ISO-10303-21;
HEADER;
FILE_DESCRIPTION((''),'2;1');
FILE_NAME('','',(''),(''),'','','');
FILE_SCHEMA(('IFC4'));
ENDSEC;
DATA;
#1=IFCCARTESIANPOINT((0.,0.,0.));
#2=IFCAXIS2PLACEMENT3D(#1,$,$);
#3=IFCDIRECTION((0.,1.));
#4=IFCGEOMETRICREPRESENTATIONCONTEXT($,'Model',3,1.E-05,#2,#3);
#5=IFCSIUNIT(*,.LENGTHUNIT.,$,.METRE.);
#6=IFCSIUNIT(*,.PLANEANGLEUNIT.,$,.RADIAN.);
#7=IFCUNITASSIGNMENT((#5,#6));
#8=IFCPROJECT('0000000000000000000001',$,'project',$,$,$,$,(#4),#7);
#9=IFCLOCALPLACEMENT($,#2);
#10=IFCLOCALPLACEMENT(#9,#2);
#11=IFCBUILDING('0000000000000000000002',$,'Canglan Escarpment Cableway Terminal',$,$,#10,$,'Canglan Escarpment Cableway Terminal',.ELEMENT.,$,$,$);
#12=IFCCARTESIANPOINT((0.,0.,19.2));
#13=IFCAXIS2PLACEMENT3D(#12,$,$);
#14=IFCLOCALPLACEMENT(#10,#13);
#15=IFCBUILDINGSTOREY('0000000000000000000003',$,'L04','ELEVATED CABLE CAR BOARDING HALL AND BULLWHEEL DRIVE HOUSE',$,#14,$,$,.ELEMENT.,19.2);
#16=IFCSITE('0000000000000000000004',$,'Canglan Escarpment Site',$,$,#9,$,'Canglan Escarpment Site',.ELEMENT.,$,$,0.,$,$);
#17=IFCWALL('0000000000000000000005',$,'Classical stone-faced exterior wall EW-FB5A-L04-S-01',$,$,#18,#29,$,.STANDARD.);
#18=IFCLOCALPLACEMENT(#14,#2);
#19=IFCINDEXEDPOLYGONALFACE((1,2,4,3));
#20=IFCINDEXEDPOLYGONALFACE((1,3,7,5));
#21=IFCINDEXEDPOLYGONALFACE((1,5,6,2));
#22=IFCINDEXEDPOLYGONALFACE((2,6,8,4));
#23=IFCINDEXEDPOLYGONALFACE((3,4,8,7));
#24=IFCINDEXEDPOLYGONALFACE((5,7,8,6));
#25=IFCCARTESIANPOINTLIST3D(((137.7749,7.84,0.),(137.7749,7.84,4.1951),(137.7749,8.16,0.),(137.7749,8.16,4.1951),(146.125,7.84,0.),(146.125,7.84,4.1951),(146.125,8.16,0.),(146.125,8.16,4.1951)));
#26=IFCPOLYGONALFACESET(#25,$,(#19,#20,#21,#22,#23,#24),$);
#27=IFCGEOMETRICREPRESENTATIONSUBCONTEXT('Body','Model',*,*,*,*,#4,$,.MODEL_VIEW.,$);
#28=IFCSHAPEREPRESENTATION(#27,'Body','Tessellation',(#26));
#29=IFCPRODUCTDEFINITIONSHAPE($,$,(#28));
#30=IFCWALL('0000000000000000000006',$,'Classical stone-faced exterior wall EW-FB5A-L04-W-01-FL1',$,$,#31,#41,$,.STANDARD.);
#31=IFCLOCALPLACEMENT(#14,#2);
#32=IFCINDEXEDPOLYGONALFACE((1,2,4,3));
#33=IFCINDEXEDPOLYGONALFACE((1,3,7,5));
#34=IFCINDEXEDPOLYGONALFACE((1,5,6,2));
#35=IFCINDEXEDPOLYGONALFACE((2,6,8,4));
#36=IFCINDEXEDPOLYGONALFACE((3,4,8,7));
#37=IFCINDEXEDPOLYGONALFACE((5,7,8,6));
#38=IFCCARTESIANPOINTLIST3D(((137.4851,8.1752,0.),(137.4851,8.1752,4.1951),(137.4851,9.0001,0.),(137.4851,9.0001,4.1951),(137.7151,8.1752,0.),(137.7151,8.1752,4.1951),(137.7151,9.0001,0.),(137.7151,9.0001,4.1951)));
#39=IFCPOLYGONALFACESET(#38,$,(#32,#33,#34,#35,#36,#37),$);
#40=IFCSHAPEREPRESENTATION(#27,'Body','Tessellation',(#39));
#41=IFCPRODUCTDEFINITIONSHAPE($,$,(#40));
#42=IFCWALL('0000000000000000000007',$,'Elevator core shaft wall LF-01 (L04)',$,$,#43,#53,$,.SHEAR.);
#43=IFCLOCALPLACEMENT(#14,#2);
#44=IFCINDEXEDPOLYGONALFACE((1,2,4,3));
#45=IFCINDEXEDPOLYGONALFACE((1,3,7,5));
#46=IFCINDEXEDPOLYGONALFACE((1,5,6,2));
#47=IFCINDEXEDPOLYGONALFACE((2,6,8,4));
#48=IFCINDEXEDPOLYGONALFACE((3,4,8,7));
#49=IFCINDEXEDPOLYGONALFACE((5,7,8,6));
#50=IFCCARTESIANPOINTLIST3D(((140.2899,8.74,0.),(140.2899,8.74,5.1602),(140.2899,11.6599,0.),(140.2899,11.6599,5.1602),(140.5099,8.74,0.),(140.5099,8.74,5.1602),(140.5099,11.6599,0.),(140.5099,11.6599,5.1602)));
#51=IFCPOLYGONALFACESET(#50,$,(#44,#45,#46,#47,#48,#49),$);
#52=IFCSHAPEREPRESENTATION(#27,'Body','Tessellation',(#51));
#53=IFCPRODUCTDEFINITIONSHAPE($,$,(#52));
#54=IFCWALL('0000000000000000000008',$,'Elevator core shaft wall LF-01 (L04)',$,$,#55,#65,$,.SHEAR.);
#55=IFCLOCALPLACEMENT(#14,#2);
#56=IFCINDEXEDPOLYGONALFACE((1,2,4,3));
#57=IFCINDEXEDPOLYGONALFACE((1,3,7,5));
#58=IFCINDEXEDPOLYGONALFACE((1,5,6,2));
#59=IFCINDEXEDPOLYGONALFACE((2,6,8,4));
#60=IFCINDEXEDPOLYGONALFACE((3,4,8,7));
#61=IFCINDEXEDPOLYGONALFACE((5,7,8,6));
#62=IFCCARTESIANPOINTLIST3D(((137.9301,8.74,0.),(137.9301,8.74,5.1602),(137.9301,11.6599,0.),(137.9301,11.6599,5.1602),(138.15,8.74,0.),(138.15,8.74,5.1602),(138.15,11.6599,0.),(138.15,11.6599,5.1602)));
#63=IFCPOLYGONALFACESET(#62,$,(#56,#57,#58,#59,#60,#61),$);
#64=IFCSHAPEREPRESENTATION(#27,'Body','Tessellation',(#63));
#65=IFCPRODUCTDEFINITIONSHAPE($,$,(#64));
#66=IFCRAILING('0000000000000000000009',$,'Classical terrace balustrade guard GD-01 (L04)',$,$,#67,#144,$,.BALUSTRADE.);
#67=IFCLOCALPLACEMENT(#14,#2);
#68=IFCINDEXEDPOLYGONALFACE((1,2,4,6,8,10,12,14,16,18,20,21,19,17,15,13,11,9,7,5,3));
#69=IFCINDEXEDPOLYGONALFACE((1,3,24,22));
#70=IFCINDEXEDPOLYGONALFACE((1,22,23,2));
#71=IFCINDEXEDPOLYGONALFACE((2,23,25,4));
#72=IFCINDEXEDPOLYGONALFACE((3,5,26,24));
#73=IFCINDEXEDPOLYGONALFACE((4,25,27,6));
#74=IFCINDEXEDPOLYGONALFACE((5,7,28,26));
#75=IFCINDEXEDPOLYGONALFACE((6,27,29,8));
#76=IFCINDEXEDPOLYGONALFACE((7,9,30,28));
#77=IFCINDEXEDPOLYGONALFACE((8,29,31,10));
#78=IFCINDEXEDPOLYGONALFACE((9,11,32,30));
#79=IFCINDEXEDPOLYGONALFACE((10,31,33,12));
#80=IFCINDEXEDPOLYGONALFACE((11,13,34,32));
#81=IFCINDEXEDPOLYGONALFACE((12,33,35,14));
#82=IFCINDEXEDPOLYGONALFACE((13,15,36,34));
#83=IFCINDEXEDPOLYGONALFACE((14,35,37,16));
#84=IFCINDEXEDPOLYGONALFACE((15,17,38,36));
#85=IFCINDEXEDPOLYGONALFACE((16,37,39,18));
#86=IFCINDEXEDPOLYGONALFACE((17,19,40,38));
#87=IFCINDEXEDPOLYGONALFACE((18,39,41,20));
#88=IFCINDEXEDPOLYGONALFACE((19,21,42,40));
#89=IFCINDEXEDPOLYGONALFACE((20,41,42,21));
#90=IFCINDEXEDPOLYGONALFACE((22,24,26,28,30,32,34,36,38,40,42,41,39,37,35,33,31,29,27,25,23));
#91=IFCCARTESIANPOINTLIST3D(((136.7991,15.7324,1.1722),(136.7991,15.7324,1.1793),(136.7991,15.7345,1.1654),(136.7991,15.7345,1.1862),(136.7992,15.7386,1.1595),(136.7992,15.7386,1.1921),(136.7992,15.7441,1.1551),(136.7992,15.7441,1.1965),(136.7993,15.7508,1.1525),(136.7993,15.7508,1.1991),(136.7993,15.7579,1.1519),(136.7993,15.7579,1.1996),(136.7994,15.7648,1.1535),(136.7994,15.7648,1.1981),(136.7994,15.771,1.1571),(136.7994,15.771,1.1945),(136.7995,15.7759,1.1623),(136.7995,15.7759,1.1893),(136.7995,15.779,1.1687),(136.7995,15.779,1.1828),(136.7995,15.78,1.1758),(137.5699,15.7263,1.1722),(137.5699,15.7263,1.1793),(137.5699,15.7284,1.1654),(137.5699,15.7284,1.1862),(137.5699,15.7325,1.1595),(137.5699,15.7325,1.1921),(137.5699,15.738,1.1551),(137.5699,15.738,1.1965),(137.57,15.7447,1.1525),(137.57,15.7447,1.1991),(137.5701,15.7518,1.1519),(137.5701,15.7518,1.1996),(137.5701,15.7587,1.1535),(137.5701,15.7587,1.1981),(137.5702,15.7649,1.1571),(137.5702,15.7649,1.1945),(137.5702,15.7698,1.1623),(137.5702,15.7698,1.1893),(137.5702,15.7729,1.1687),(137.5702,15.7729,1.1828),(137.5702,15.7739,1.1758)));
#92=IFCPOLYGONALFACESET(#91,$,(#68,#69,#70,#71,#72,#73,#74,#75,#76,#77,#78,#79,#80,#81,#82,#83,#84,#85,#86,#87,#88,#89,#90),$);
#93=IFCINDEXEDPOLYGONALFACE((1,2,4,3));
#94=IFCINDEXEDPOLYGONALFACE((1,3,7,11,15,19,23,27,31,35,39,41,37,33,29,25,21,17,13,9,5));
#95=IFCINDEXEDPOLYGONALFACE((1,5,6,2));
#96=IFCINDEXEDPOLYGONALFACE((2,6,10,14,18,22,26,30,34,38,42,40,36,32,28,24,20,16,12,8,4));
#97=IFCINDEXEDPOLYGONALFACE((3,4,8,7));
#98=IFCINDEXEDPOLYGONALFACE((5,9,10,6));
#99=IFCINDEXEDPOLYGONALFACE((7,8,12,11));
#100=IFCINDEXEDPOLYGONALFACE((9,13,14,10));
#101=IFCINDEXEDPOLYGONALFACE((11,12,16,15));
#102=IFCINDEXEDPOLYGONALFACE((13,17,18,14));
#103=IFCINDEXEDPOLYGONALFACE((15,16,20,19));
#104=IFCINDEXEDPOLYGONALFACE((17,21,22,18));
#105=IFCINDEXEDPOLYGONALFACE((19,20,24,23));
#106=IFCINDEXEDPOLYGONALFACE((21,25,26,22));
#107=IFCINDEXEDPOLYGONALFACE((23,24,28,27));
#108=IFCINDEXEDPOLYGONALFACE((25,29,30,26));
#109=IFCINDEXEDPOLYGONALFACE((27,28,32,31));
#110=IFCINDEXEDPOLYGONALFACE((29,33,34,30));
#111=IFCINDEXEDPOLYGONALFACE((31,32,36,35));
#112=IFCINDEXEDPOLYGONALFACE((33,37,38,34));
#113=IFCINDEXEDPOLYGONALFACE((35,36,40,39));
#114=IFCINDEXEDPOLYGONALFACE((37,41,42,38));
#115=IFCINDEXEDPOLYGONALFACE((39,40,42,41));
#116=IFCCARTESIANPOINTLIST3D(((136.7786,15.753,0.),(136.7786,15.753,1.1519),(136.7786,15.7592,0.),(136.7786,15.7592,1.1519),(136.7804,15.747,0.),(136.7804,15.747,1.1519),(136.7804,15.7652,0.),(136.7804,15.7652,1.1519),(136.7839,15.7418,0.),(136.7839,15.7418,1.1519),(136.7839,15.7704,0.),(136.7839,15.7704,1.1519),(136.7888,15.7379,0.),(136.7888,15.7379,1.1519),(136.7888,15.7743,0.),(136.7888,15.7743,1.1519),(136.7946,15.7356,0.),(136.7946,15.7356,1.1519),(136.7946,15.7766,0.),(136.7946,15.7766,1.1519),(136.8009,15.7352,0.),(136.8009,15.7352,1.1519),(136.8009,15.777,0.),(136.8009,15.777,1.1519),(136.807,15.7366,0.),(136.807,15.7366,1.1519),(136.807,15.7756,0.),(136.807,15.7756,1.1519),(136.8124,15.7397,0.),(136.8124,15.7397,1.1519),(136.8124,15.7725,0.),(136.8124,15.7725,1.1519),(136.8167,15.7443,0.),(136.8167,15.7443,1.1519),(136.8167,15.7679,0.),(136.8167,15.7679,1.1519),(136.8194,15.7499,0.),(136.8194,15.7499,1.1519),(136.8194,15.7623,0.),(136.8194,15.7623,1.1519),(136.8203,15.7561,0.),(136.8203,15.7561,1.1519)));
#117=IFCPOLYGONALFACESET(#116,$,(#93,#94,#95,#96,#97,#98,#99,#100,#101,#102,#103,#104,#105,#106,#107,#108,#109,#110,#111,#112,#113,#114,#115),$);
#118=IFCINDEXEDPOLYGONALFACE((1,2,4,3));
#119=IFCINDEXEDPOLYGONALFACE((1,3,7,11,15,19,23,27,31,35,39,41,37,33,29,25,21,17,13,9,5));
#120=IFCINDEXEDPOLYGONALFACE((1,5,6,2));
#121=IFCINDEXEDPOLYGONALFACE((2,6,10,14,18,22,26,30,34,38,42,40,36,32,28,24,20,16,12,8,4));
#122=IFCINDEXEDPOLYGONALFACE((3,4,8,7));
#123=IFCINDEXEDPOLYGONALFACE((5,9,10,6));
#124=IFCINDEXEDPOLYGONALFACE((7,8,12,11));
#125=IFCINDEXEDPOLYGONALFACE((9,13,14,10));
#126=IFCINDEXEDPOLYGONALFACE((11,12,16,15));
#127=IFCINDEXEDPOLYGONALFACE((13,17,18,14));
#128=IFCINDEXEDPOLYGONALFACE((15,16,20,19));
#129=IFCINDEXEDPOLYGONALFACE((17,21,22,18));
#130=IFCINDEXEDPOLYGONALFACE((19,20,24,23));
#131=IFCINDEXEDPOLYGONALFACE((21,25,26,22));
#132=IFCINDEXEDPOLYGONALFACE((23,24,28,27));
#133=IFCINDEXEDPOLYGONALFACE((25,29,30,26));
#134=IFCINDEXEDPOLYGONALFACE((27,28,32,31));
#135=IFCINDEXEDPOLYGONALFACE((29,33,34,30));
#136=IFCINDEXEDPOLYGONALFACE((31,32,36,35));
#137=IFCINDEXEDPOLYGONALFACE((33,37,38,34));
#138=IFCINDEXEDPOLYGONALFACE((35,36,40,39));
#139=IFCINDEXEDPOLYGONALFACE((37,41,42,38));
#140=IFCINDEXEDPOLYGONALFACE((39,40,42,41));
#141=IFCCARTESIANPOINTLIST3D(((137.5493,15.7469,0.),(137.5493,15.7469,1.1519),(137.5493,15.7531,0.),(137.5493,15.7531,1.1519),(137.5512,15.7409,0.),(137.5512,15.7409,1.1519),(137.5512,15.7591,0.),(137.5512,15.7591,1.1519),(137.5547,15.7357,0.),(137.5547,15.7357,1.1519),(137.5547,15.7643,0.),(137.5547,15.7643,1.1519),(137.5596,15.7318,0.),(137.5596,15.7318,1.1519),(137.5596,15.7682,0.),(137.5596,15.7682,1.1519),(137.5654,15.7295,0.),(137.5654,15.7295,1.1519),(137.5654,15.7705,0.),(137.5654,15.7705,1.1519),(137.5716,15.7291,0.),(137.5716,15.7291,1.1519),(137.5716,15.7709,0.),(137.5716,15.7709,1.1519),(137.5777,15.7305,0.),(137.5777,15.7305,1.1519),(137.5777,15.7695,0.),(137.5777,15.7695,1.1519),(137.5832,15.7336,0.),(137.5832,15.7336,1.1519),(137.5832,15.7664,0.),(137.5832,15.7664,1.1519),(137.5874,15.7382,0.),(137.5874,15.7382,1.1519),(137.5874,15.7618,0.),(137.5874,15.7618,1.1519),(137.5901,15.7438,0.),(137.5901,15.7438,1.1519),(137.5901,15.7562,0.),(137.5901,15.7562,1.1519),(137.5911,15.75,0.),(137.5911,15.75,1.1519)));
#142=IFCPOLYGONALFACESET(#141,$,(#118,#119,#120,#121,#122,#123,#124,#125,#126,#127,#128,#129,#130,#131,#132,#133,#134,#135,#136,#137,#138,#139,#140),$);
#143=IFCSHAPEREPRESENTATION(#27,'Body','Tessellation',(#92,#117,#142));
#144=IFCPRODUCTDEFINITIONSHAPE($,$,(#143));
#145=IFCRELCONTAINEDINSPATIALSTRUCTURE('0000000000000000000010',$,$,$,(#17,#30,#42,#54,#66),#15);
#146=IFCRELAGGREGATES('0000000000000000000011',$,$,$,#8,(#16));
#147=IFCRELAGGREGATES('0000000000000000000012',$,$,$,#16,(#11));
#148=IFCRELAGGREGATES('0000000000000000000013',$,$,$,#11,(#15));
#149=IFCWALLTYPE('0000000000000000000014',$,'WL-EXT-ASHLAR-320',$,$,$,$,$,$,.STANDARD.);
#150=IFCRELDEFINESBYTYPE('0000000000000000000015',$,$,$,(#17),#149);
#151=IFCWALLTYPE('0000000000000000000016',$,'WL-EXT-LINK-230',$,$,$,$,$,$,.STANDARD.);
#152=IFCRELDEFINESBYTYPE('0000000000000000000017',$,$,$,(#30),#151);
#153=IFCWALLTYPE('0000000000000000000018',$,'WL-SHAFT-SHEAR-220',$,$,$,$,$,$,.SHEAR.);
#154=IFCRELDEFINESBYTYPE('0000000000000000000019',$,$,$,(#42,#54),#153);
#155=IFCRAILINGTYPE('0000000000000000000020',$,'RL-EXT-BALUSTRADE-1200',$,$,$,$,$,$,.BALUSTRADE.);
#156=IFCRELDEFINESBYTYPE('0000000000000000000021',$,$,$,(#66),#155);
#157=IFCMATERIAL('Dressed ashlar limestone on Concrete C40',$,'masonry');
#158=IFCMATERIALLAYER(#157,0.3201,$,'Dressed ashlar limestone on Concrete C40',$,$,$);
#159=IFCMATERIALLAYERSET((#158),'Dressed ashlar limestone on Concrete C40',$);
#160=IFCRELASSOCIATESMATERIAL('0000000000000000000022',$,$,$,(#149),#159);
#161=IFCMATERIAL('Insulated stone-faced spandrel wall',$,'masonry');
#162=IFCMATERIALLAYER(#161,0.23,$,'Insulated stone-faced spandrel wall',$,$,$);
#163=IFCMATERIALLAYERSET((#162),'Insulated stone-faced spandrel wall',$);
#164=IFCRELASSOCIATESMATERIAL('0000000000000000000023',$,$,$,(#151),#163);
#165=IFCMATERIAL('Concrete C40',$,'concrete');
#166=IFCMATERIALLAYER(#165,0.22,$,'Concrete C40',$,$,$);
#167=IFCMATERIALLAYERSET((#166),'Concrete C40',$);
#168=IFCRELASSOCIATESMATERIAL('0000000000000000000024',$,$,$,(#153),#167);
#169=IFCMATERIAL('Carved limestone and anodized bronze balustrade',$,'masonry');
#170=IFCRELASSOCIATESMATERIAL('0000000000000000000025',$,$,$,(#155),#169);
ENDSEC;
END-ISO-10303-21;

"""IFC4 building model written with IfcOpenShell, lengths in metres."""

from ifc_helpers import new_model, si_unit, direction, frame, frame_2d, origin, origin_2d, place, context, subcontext, project, spatial, rectangle, circle, extrude, material, layer, layer_set, type_object, element, save


model = new_model("IFC4")

# Units and contexts
model_context = context("Model", 3, precision=1e-05, world=origin(), true_north=direction((0.0, 1.0)))
body_context = subcontext(model_context, "Body", "Model", "MODEL_VIEW")
ifc_project = project(units=[si_unit("LENGTHUNIT", "METRE"), si_unit("PLANEANGLEUNIT", "RADIAN")], contexts=[model_context])

# Site, building, storey
site_placement = place(None, origin())
site = spatial("IfcSite", under=ifc_project, at=site_placement, Name="Canglan Escarpment Site", LongName="Canglan Escarpment Site", CompositionType="ELEMENT", RefElevation=0.0)
building_placement = place(site_placement, origin())
building = spatial("IfcBuilding", under=site, at=building_placement, Name="Canglan Escarpment Cableway Terminal", LongName="Canglan Escarpment Cableway Terminal", CompositionType="ELEMENT")
storey_placement = place(building_placement, frame((0.0, 0.0, 19.2)))
storey = spatial("IfcBuildingStorey", under=building, at=storey_placement, Name="L04", Description="ELEVATED CABLE CAR BOARDING HALL AND BULLWHEEL DRIVE HOUSE", CompositionType="ELEMENT", Elevation=19.2)

# Shared definitions
ifc_material_1 = material(Name="Concrete C40", Category="concrete")

# Walls
ifc_material_2 = material(Name="Dressed ashlar limestone on Concrete C40", Category="masonry")
ifc_layer_1 = layer(ifc_material_2, 0.3201, Name="Dressed ashlar limestone on Concrete C40")
ifc_layer_set_1 = layer_set([ifc_layer_1], Name="Dressed ashlar limestone on Concrete C40")
wall_type_1 = type_object("IfcWallType", Name="WL-EXT-ASHLAR-320", PredefinedType="STANDARD", material=ifc_layer_set_1)
wall_1_placement = place(storey_placement, frame((137.7749, 8.0, 0.0), z_axis=(0.0, 0.0, 1.0), x_axis=(1.0, 0.0, 0.0)))
element("IfcWall", 1, at=wall_1_placement, inside=storey, type_object=wall_type_1, Name="Classical stone-faced exterior wall EW-FB5A-L04-S-01", PredefinedType="STANDARD", context=body_context, shape_type="SweptSolid", body=[
    extrude(rectangle(XDim=8.3501, YDim=0.3201, at=frame_2d((4.175, 0.0))), origin(), (0.0, 0.0, 1.0), 4.1951),
])
ifc_material_3 = material(Name="Insulated stone-faced spandrel wall", Category="masonry")
ifc_layer_2 = layer(ifc_material_3, 0.23, Name="Insulated stone-faced spandrel wall")
ifc_layer_set_2 = layer_set([ifc_layer_2], Name="Insulated stone-faced spandrel wall")
wall_type_2 = type_object("IfcWallType", Name="WL-EXT-LINK-230", PredefinedType="STANDARD", material=ifc_layer_set_2)
wall_2_placement = place(storey_placement, frame((137.6001, 8.175, 0.0), z_axis=(0.0, 0.0, 1.0), x_axis=(0.0, 1.0, 0.0)))
element("IfcWall", 2, at=wall_2_placement, inside=storey, type_object=wall_type_2, Name="Classical stone-faced exterior wall EW-FB5A-L04-W-01-FL1", PredefinedType="STANDARD", context=body_context, shape_type="SweptSolid", body=[
    extrude(rectangle(XDim=0.825, YDim=0.23, at=frame_2d((0.4126, 0.0))), origin(), (0.0, 0.0, 1.0), 4.1951),
])
ifc_layer_3 = layer(ifc_material_1, 0.22, Name="Concrete C40")
ifc_layer_set_3 = layer_set([ifc_layer_3], Name="Concrete C40")
wall_type_3 = type_object("IfcWallType", Name="WL-SHAFT-SHEAR-220", PredefinedType="SHEAR", material=ifc_layer_set_3)
wall_3_placement = place(storey_placement, frame((140.3999, 8.74, 0.0), z_axis=(0.0, 0.0, 1.0), x_axis=(0.0, 1.0, 0.0)))
element("IfcWall", 3, at=wall_3_placement, inside=storey, type_object=wall_type_3, Name="Elevator core shaft wall LF-01 (L04)", PredefinedType="SHEAR", context=body_context, shape_type="SweptSolid", body=[
    extrude(rectangle(XDim=2.9199, YDim=0.22, at=frame_2d((1.46, 0.0))), origin(), (0.0, 0.0, 1.0), 5.1602),
])

# Wall
wall_4_placement = place(storey_placement, frame((138.04, 11.6599, 0.0), z_axis=(0.0, 0.0, 1.0), x_axis=(0.0, -1.0, 0.0)))
element("IfcWall", 4, at=wall_4_placement, inside=storey, type_object=wall_type_3, Name="Elevator core shaft wall LF-01 (L04)", PredefinedType="SHEAR", context=body_context, shape_type="SweptSolid", body=[
    extrude(rectangle(XDim=2.9199, YDim=0.22, at=frame_2d((1.46, 0.0))), origin(), (0.0, 0.0, 1.0), 5.1602),
])

# Railing
ifc_material_4 = material(Name="Carved limestone and anodized bronze balustrade", Category="masonry")
railing_type = type_object("IfcRailingType", Name="RL-EXT-BALUSTRADE-1200", PredefinedType="BALUSTRADE", material=ifc_material_4)
railing_1_placement = place(storey_placement, frame((136.7993, 15.7561, 0.0)))
element("IfcRailing", 5, at=railing_1_placement, inside=storey, type_object=railing_type, Name="Classical terrace balustrade guard GD-01 (L04)", PredefinedType="BALUSTRADE", context=body_context, shape_type="SweptSolid", body=[
    extrude(circle(Radius=0.0239, at=origin_2d()), frame((0.0, 0.0, 1.1758), z_axis=(0.999969, -0.007919, 0.0), x_axis=(0.007919, 0.999969, 0.0)), (0.0, 0.0, 1.0), 0.7708),
    extrude(circle(Radius=0.021, at=origin_2d()), origin(), (0.0, 0.0, 1.0), 1.1519),
    extrude(circle(Radius=0.021, at=origin_2d()), frame((0.7708, -0.0061, 0.0)), (0.0, 0.0, 1.0), 1.1519),
])

save(model, "model.ifc")
